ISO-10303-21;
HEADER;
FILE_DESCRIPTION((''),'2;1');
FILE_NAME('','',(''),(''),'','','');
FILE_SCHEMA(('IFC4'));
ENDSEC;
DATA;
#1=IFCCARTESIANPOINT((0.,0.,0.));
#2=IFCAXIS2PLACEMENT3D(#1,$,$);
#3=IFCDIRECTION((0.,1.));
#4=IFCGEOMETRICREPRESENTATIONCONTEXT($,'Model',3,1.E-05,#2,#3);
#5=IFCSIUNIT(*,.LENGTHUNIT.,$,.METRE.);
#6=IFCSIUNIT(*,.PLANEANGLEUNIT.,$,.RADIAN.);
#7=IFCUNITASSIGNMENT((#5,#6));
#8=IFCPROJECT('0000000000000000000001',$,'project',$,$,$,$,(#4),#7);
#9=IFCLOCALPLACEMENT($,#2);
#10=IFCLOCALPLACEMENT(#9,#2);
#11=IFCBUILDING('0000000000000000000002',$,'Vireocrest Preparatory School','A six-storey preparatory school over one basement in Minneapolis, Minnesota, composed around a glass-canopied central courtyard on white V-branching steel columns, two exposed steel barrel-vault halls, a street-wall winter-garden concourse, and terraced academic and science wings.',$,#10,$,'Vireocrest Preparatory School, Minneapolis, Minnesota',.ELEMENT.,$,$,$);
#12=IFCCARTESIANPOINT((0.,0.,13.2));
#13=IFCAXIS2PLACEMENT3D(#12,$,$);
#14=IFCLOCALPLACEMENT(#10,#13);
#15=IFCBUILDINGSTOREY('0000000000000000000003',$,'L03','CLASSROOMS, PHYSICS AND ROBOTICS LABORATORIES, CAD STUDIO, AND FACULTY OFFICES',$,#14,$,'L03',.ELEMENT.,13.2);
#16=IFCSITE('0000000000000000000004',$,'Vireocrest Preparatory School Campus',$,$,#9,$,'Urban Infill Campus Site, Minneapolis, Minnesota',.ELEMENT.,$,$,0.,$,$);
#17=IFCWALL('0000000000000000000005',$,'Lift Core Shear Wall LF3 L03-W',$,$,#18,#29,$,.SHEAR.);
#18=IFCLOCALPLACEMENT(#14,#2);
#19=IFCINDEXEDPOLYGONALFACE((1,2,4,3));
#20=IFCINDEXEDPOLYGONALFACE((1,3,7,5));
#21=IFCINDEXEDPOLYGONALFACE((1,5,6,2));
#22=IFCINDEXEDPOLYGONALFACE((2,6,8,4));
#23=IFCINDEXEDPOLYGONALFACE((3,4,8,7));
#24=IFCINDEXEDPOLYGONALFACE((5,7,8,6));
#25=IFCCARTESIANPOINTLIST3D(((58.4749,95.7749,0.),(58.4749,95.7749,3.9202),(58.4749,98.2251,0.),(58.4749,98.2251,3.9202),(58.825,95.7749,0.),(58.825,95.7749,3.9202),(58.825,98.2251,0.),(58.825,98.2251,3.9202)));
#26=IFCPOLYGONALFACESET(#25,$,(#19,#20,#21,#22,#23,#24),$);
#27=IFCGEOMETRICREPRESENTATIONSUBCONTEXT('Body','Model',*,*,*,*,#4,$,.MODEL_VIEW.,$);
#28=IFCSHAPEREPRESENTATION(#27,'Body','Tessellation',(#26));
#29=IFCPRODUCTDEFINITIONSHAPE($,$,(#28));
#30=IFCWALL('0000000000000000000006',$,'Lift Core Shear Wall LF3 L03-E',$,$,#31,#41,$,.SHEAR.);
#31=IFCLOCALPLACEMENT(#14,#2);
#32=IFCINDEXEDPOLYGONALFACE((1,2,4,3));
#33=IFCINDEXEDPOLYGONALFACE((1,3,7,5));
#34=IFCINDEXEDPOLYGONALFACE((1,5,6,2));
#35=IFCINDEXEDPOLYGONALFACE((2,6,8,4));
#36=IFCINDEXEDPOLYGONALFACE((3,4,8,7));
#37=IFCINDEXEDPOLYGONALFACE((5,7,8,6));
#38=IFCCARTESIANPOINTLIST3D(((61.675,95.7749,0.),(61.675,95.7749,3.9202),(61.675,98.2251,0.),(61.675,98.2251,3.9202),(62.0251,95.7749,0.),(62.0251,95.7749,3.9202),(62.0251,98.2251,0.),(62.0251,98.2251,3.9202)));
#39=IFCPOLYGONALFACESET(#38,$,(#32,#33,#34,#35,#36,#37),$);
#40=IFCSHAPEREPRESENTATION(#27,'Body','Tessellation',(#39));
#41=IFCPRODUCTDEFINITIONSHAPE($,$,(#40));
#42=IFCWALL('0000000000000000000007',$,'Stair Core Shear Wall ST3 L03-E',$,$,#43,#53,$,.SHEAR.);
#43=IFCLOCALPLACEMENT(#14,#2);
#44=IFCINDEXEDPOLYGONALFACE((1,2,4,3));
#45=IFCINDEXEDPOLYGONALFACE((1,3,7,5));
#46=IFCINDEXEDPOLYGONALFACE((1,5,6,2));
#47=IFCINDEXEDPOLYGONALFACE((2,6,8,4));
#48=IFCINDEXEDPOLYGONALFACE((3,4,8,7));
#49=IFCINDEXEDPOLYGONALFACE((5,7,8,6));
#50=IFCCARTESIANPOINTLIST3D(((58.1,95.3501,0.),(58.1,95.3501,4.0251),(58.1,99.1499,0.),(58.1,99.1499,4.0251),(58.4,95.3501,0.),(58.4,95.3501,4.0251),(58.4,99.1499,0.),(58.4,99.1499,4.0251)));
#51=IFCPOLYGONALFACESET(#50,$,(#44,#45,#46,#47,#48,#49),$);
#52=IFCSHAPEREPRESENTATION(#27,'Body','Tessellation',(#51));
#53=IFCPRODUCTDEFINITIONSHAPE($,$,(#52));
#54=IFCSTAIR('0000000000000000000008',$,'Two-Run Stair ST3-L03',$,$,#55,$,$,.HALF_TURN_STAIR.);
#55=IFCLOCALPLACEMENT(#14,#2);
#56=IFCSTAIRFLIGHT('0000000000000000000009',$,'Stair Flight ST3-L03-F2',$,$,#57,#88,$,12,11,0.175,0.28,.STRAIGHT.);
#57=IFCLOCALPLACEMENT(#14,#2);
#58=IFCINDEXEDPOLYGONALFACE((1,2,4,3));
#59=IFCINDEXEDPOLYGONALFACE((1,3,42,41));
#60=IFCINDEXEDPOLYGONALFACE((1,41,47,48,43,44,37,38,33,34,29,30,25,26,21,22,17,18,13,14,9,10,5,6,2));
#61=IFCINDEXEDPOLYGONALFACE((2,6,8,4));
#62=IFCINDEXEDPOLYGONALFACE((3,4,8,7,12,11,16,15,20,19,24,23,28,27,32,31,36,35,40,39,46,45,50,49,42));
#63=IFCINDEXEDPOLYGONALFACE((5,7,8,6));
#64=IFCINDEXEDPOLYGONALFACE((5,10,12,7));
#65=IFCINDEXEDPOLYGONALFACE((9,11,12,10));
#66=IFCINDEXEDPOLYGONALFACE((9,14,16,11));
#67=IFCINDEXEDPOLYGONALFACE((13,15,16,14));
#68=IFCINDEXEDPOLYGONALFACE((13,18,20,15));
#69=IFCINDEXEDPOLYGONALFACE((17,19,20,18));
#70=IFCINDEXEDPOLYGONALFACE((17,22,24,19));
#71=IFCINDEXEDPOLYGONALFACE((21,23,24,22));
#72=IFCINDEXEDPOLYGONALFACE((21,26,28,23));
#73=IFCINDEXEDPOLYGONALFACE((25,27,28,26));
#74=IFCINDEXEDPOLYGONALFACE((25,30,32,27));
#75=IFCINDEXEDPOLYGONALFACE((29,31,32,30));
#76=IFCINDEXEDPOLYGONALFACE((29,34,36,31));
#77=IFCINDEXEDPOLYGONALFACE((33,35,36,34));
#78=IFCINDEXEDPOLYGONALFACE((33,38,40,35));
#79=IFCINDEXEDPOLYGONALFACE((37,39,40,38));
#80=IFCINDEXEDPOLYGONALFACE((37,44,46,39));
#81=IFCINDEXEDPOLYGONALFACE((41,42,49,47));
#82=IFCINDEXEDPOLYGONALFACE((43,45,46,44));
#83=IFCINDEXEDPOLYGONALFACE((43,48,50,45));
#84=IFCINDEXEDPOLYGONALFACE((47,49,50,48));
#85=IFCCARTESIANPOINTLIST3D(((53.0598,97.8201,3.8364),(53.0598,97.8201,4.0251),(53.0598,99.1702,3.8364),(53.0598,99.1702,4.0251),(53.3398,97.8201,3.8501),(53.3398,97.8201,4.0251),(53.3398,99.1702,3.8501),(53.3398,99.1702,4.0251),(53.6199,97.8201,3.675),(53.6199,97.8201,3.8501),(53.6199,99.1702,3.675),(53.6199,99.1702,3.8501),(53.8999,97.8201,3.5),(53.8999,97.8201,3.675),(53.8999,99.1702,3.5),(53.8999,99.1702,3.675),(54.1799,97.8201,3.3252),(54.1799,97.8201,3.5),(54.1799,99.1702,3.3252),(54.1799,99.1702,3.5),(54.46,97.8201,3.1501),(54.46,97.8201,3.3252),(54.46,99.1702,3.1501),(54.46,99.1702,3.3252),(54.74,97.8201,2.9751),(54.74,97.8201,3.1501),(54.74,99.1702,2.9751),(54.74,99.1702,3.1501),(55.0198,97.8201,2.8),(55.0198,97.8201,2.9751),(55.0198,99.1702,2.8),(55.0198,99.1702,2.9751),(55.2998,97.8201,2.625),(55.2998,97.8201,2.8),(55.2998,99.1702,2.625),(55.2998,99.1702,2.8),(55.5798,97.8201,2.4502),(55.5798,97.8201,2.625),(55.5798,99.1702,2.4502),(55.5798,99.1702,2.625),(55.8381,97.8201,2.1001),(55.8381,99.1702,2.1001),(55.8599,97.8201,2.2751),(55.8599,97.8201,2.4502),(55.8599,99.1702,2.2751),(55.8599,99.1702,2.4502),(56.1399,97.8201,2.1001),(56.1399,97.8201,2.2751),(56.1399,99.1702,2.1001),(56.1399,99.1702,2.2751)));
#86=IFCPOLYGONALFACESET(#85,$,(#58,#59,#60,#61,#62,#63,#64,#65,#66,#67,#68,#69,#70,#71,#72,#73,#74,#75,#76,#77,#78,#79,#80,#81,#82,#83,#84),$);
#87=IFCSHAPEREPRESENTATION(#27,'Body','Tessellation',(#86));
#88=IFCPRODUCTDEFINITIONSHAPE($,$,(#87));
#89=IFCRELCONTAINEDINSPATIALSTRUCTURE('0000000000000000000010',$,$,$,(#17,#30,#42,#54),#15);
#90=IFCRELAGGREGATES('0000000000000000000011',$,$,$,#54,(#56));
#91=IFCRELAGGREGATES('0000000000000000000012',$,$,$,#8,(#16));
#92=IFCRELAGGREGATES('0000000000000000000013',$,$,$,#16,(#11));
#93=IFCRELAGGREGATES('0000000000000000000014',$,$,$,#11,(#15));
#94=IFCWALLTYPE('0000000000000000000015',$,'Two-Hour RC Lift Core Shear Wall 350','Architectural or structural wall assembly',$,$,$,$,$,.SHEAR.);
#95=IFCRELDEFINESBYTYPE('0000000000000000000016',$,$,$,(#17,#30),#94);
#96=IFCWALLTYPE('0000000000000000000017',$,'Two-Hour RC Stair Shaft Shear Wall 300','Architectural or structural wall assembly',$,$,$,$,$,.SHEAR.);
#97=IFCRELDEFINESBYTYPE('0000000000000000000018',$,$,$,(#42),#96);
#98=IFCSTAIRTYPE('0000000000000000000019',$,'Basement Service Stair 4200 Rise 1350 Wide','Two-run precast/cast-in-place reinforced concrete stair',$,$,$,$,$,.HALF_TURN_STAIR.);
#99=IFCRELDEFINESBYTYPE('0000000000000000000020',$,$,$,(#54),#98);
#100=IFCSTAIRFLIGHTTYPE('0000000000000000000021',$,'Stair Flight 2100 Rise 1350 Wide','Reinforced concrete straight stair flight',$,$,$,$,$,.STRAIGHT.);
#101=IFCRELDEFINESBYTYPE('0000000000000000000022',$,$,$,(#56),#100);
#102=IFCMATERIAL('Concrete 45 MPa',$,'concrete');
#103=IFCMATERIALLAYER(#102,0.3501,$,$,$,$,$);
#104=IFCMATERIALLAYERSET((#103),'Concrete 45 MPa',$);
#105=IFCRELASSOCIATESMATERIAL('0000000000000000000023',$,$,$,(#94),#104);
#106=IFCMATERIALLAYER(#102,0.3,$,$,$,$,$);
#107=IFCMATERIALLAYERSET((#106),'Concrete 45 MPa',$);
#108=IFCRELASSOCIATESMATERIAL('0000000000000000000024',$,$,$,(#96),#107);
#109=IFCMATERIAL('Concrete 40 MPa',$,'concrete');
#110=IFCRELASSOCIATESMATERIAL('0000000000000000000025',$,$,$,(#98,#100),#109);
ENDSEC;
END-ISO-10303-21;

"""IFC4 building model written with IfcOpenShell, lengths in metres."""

from ifc_helpers import new_model, si_unit, direction, frame, frame_2d, origin, place, context, subcontext, project, spatial, polyline, rectangle, outline, extrude, material, layer, layer_set, type_object, element, aggregate, save


model = new_model("IFC4")

# Units and contexts
model_context = context("Model", 3, precision=1e-05, world=origin(), true_north=direction((0.0, 1.0)))
body_context = subcontext(model_context, "Body", "Model", "MODEL_VIEW")
ifc_project = project(units=[si_unit("LENGTHUNIT", "METRE"), si_unit("PLANEANGLEUNIT", "RADIAN")], contexts=[model_context])

# Site, building, storey
site_placement = place(None, origin())
site = spatial("IfcSite", under=ifc_project, at=site_placement, Name="Vireocrest Preparatory School Campus", LongName="Urban Infill Campus Site, Minneapolis, Minnesota", CompositionType="ELEMENT", RefElevation=0.0)
building_placement = place(site_placement, origin())
building = spatial("IfcBuilding", under=site, at=building_placement, Name="Vireocrest Preparatory School", Description="A six-storey preparatory school over one basement in Minneapolis, Minnesota, composed around a glass-canopied central courtyard on white V-branching steel columns, two exposed steel barrel-vault halls, a street-wall winter-garden concourse, and terraced academic and science wings.", LongName="Vireocrest Preparatory School, Minneapolis, Minnesota", CompositionType="ELEMENT")
storey_placement = place(building_placement, frame((0.0, 0.0, 13.2)))
storey = spatial("IfcBuildingStorey", under=building, at=storey_placement, Name="L03", Description="CLASSROOMS, PHYSICS AND ROBOTICS LABORATORIES, CAD STUDIO, AND FACULTY OFFICES", LongName="L03", CompositionType="ELEMENT", Elevation=13.2)

# Shared definitions
ifc_material_1 = material(Name="Concrete 45 MPa", Category="concrete")

# Shared definitions
ifc_material_2 = material(Name="Concrete 40 MPa", Category="concrete")

# Shared definitions
ifc_layer_1 = layer(ifc_material_1, 0.3501)
ifc_layer_set_1 = layer_set([ifc_layer_1], Name="Concrete 45 MPa")
wall_type_1 = type_object("IfcWallType", Name="Two-Hour RC Lift Core Shear Wall 350", Description="Architectural or structural wall assembly", PredefinedType="SHEAR", material=ifc_layer_set_1)

# Walls
for number, where, z_axis, x_axis, name in (
    (1, (58.6499, 95.7749, 0.0), (0.0, 0.0, 1.0), (0.0, 1.0, 0.0), "Lift Core Shear Wall LF3 L03-W"),
    (2, (61.8501, 95.7749, 0.0), (0.0, 0.0, 1.0), (0.0, 1.0, 0.0), "Lift Core Shear Wall LF3 L03-E"),
):
    element("IfcWall", number, at=place(storey_placement, frame(where, z_axis=z_axis, x_axis=x_axis)), inside=storey, type_object=wall_type_1, Name=name, PredefinedType="SHEAR", context=body_context, shape_type="SweptSolid", body=[
        extrude(rectangle(XDim=2.4502, YDim=0.3501, at=frame_2d((1.2251, 0.0))), origin(), (0.0, 0.0, 1.0), 3.9202),
    ])
ifc_layer_2 = layer(ifc_material_1, 0.3)
ifc_layer_set_2 = layer_set([ifc_layer_2], Name="Concrete 45 MPa")
wall_type_2 = type_object("IfcWallType", Name="Two-Hour RC Stair Shaft Shear Wall 300", Description="Architectural or structural wall assembly", PredefinedType="SHEAR", material=ifc_layer_set_2)
wall_1_placement = place(storey_placement, frame((58.25, 95.3501, 0.0), z_axis=(0.0, 0.0, 1.0), x_axis=(0.0, 1.0, 0.0)))
element("IfcWall", 3, at=wall_1_placement, inside=storey, type_object=wall_type_2, Name="Stair Core Shear Wall ST3 L03-E", PredefinedType="SHEAR", context=body_context, shape_type="SweptSolid", body=[
    extrude(rectangle(XDim=3.7998, YDim=0.3, at=frame_2d((1.8999, 0.0))), origin(), (0.0, 0.0, 1.0), 4.0251),
])

# Stair, stair flight
stair_type = type_object("IfcStairType", Name="Basement Service Stair 4200 Rise 1350 Wide", Description="Two-run precast/cast-in-place reinforced concrete stair", PredefinedType="HALF_TURN_STAIR", material=ifc_material_2)
stair_placement = place(storey_placement, origin())
stair = element("IfcStair", 4, at=stair_placement, inside=storey, type_object=stair_type, Name="Two-Run Stair ST3-L03", PredefinedType="HALF_TURN_STAIR")
stair_flight_type = type_object("IfcStairFlightType", Name="Stair Flight 2100 Rise 1350 Wide", Description="Reinforced concrete straight stair flight", PredefinedType="STRAIGHT", material=ifc_material_2)
stair_flight_placement = place(storey_placement, frame((56.1399, 98.4951, 2.1001), z_axis=(0.0, 0.0, 1.0), x_axis=(-1.0, 0.0, 0.0)))
stair_flight = element("IfcStairFlight", 5, at=stair_flight_placement, type_object=stair_flight_type, Name="Stair Flight ST3-L03-F2", NumberOfRisers=12, NumberOfTreads=11, PredefinedType="STRAIGHT", RiserHeight=0.175, TreadLength=0.28, context=body_context, shape_type="SweptSolid", body=[
    extrude(outline(polyline([(0.0, 0.0), (0.0, 0.175), (0.28, 0.175), (0.28, 0.3501), (0.5601, 0.3501), (0.5601, 0.5249), (0.8401, 0.5249), (0.8401, 0.7), (1.1201, 0.7), (1.1201, 0.875), (1.3999, 0.875), (1.3999, 1.05), (1.6799, 1.05), (1.6799, 1.2251), (1.96, 1.2251), (1.96, 1.3999), (2.24, 1.3999), (2.24, 1.575), (2.52, 1.575), (2.52, 1.75), (2.8, 1.75), (2.8, 1.925), (3.0801, 1.925), (3.0801, 2.1001), (3.0801, 1.7363), (0.3018, 0.0), (0.0, 0.0)])), frame((0.0, 0.675, 0.0), z_axis=(0.0, -1.0, 0.0), x_axis=(1.0, 0.0, 0.0)), (0.0, 0.0, 1.0), 1.3501),
])
aggregate(stair, [stair_flight])

save(model, "model.ifc")
